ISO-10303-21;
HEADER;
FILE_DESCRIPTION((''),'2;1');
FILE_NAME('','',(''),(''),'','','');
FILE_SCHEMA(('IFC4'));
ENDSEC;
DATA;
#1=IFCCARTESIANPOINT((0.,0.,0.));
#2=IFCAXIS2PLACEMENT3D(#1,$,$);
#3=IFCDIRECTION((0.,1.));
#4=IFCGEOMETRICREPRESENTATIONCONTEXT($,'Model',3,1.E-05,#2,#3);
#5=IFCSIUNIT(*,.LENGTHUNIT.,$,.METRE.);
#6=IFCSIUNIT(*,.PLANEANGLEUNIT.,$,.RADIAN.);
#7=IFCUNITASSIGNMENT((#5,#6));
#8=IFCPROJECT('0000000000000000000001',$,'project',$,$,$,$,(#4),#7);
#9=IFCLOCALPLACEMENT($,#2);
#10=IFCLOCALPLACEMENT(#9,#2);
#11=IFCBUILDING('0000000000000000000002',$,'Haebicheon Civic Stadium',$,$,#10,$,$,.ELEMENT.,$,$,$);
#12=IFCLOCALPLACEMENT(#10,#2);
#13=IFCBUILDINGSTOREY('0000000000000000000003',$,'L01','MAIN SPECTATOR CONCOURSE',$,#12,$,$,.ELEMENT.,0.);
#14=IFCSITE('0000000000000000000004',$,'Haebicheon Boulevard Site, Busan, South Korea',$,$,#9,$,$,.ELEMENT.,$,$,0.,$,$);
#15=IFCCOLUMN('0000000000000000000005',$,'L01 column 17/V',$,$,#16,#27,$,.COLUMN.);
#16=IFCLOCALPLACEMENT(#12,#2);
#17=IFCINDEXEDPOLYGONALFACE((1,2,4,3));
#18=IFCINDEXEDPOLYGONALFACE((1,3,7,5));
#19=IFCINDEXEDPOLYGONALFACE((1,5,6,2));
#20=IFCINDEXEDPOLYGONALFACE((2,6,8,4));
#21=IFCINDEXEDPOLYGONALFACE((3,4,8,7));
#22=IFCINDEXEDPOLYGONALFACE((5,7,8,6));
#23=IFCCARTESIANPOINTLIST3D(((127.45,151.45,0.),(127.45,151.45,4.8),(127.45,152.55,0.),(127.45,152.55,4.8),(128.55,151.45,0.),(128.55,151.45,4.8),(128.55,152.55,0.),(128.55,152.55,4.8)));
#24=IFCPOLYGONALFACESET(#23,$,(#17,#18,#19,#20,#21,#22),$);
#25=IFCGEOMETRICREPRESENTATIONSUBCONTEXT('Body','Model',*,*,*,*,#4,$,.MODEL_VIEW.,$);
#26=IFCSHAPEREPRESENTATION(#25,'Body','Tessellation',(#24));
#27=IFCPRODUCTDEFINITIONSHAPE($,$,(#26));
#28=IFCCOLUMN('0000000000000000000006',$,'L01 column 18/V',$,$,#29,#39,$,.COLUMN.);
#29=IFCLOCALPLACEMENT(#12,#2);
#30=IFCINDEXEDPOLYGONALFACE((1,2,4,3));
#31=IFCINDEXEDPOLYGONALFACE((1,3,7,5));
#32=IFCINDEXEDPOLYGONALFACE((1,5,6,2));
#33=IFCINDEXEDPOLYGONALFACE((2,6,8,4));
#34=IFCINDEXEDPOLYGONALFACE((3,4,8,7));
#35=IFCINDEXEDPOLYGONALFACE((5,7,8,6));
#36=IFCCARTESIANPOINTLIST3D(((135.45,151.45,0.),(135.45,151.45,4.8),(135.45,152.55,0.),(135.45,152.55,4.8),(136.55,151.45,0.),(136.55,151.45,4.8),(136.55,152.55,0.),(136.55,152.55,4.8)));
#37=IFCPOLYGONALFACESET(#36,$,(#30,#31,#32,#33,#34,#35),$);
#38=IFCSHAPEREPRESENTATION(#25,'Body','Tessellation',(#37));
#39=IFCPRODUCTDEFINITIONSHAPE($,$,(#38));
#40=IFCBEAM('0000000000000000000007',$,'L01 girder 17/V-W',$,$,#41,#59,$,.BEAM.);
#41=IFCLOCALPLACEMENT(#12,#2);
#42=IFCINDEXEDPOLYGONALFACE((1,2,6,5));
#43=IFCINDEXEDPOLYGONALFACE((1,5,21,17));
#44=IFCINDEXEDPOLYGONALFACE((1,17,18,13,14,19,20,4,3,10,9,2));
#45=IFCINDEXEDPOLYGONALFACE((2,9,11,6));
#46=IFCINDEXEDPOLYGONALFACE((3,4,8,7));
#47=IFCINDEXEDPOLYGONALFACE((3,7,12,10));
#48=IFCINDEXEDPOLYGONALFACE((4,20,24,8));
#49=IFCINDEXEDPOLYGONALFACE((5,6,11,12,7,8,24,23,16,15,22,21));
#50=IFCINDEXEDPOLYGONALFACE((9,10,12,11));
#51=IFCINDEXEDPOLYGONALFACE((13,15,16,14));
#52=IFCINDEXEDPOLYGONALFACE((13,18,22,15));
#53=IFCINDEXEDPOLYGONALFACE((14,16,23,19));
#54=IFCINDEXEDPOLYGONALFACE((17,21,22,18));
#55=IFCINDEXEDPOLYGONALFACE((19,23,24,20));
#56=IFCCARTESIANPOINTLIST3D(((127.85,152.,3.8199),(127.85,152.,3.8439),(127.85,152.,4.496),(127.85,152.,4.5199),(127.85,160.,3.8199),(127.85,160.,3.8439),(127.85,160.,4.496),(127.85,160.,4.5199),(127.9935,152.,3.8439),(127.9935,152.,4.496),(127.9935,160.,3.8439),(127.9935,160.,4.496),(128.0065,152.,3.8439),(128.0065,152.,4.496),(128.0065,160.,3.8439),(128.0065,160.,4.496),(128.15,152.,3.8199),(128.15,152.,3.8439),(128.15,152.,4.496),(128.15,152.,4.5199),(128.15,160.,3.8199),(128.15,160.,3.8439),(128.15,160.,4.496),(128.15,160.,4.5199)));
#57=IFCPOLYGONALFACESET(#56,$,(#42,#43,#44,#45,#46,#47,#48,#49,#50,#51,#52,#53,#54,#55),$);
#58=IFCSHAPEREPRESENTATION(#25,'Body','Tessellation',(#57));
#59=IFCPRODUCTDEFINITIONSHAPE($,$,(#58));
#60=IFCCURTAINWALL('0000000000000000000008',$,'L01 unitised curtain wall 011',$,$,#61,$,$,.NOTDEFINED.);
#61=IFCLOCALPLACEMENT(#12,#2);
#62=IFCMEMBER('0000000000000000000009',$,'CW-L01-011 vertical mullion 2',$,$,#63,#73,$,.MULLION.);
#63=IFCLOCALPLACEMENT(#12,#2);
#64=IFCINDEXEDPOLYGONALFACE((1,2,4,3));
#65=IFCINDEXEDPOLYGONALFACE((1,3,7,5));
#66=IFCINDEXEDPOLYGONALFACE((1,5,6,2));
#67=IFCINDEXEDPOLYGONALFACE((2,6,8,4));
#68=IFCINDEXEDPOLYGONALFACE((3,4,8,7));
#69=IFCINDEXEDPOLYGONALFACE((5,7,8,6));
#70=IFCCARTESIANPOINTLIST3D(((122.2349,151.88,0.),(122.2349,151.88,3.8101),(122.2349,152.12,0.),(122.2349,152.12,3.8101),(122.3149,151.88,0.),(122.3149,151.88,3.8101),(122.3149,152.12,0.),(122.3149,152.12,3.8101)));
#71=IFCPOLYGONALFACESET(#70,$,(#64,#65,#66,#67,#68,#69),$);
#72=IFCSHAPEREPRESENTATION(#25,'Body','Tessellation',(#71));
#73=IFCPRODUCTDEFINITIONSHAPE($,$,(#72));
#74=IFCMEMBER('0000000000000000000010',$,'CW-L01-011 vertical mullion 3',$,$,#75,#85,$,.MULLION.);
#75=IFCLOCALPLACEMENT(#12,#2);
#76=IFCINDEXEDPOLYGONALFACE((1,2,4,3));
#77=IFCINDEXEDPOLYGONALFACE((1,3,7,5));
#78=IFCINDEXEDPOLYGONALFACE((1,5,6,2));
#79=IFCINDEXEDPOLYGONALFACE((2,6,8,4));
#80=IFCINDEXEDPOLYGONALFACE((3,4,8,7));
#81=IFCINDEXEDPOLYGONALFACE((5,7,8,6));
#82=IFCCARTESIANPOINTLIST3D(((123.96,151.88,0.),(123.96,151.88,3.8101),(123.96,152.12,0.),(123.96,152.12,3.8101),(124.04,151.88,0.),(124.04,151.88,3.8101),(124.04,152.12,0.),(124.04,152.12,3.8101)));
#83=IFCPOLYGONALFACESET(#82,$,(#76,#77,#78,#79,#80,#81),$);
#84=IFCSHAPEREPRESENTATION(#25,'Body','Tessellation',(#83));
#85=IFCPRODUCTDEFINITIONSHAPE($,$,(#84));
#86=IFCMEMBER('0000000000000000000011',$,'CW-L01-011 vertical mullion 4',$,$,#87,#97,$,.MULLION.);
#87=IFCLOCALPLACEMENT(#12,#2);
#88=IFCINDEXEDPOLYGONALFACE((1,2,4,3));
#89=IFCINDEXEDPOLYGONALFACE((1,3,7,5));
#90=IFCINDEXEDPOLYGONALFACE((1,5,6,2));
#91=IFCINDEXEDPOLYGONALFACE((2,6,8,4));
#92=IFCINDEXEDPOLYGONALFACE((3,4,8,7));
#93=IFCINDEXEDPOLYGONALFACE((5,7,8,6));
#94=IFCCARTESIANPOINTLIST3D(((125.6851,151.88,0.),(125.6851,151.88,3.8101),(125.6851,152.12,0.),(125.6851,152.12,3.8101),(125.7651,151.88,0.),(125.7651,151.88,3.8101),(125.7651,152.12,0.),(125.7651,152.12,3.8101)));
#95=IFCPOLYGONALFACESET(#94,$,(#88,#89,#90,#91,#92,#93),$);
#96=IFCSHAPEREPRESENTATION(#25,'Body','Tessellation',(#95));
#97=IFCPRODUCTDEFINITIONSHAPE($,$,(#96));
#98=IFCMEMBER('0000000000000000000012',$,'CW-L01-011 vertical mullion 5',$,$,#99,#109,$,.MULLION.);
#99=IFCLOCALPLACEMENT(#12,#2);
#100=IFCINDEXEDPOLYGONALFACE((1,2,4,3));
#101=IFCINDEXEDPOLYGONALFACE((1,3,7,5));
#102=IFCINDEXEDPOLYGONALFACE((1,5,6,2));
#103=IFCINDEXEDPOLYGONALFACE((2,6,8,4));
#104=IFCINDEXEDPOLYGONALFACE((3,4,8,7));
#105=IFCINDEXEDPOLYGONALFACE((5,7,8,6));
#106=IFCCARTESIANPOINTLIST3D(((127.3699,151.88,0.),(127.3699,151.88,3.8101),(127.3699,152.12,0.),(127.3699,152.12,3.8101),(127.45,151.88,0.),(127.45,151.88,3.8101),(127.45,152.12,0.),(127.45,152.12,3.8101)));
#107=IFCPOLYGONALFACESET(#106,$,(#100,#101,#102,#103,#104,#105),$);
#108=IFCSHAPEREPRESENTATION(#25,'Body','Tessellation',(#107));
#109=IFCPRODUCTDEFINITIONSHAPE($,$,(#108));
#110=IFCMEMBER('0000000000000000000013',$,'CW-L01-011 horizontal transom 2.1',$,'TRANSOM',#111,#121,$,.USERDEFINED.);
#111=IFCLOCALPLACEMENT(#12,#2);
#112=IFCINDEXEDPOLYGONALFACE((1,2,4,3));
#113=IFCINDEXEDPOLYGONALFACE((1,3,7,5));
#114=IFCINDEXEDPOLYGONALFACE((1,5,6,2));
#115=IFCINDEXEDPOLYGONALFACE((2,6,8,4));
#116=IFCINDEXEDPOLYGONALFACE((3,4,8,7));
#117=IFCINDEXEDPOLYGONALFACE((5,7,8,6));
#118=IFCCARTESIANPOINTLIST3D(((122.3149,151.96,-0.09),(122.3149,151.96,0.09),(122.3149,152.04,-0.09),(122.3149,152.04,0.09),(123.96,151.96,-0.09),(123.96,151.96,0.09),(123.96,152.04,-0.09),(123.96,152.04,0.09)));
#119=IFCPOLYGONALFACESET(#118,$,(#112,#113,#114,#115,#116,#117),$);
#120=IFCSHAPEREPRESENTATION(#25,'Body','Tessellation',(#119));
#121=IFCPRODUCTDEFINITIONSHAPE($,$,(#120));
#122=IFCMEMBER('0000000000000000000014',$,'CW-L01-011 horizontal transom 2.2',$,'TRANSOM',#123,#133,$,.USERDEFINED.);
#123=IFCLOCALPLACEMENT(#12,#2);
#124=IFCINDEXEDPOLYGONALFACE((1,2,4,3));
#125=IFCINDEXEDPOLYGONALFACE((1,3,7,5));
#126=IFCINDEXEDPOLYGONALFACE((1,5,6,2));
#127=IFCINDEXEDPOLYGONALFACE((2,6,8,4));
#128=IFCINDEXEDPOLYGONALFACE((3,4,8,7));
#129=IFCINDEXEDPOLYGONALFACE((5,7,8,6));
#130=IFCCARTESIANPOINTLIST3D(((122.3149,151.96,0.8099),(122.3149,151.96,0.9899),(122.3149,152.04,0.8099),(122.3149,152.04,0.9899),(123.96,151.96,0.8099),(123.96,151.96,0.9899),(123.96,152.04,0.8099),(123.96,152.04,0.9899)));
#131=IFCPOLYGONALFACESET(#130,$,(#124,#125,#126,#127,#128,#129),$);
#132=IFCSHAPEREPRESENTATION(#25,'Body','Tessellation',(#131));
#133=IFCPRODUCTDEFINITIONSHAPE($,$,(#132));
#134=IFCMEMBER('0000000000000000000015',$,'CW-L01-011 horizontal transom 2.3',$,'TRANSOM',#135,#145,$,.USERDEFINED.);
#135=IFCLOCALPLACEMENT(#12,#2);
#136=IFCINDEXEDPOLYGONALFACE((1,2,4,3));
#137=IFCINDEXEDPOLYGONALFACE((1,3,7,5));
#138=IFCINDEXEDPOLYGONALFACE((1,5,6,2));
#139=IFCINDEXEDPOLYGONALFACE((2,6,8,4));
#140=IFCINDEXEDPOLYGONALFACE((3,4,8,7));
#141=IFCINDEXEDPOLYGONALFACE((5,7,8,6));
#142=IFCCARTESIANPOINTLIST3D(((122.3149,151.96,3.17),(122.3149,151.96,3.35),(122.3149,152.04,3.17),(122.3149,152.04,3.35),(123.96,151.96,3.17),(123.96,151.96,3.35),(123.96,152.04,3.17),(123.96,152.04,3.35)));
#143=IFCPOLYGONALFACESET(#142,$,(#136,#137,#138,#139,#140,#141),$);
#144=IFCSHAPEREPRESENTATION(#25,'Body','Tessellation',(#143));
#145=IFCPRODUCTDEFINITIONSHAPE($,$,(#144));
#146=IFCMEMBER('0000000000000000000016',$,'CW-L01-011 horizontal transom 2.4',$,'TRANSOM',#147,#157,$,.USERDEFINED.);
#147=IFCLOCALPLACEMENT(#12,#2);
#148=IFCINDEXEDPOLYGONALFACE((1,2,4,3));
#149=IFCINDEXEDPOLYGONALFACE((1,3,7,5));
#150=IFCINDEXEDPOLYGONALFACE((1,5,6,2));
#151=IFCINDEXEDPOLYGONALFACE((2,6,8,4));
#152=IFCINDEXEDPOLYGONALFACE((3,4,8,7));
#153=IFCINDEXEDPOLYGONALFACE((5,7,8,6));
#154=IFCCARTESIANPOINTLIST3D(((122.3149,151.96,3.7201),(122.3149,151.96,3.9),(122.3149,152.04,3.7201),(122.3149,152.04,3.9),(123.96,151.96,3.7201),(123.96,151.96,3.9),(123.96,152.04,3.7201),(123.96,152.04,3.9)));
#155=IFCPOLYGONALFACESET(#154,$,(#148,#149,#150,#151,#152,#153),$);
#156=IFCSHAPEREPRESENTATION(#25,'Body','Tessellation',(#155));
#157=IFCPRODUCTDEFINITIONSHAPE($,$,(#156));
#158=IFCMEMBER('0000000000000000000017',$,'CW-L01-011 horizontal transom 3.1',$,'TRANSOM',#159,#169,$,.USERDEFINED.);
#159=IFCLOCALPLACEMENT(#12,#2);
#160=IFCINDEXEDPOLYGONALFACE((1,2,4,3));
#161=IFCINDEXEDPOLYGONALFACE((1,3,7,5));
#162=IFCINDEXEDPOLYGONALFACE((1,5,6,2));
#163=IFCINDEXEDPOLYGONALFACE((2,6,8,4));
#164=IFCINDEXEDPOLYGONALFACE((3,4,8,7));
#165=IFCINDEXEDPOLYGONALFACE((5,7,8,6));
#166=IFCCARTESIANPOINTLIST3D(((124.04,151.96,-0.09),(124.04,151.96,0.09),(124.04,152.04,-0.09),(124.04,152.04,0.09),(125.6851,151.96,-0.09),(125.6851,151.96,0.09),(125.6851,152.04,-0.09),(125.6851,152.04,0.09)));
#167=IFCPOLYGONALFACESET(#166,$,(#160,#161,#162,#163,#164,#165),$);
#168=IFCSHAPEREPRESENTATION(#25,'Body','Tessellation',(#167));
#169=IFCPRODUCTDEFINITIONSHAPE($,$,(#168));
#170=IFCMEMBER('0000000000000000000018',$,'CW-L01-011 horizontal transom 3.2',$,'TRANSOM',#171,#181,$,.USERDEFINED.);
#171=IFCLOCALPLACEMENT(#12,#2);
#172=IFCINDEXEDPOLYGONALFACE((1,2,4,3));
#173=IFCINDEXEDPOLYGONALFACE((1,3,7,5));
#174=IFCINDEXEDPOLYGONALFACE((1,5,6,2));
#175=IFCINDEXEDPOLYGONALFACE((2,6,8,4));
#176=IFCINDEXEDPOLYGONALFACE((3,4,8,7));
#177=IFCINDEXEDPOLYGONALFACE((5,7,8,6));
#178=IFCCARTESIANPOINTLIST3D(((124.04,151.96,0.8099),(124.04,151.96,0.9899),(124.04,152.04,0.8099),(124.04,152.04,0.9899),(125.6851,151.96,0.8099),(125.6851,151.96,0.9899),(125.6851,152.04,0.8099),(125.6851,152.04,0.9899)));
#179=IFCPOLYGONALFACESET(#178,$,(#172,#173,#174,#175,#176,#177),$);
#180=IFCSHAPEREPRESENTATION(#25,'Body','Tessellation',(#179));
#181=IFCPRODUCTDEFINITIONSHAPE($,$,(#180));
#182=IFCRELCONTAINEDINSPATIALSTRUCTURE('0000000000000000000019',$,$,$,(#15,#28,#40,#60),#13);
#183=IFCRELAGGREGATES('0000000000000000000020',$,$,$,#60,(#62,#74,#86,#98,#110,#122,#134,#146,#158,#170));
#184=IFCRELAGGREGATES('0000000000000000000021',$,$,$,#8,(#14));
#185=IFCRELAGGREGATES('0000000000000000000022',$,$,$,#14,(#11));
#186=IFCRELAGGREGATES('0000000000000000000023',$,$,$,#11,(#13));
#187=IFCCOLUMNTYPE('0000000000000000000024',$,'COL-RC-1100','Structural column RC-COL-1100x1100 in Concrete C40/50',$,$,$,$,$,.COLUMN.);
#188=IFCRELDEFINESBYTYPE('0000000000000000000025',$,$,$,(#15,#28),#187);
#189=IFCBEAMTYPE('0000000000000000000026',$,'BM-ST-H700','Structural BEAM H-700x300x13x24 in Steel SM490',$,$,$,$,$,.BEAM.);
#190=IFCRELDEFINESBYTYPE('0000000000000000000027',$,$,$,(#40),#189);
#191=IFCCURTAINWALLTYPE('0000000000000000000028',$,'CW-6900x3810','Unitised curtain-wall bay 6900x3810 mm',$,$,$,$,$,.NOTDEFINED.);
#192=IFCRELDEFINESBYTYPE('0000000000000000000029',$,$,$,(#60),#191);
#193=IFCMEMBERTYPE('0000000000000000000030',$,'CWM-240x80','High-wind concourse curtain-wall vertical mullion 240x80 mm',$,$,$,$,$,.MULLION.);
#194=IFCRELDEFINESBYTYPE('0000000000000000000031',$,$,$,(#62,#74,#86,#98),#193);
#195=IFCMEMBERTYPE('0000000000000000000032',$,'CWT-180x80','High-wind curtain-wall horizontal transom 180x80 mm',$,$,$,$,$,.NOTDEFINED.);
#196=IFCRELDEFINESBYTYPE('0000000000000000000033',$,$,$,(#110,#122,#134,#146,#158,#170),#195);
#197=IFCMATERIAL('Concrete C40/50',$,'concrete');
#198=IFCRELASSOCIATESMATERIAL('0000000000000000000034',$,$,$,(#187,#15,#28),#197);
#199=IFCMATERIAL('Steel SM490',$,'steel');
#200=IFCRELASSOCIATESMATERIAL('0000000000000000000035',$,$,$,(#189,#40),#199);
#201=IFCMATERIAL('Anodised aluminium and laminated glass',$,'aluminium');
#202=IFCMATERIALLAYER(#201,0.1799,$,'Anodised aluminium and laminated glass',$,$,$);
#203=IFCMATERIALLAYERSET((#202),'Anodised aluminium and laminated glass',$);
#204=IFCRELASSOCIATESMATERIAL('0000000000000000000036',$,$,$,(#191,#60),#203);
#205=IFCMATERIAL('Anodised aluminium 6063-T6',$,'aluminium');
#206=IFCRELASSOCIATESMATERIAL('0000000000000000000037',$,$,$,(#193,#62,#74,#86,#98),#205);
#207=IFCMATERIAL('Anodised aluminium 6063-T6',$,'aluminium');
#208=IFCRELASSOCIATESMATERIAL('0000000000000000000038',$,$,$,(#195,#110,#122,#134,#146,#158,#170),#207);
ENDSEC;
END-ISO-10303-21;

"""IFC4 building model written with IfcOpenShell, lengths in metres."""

from ifc_helpers import new_model, si_unit, direction, frame, origin, origin_2d, place, context, subcontext, project, spatial, rectangle, i_section, extrude, material, layer, layer_set, material_profile, profile_set, type_object, element, aggregate, save


model = new_model("IFC4")

# Units and contexts
model_context = context("Model", 3, precision=1e-05, world=origin(), true_north=direction((0.0, 1.0)))
body_context = subcontext(model_context, "Body", "Model", "MODEL_VIEW")
ifc_project = project(units=[si_unit("LENGTHUNIT", "METRE"), si_unit("PLANEANGLEUNIT", "RADIAN")], contexts=[model_context])

# Site, building, storey
site_placement = place(None, origin())
site = spatial("IfcSite", under=ifc_project, at=site_placement, Name="Haebicheon Boulevard Site, Busan, South Korea", CompositionType="ELEMENT", RefElevation=0.0)
building_placement = place(site_placement, origin())
building = spatial("IfcBuilding", under=site, at=building_placement, Name="Haebicheon Civic Stadium", CompositionType="ELEMENT")
storey_placement = place(building_placement, origin())
storey = spatial("IfcBuildingStorey", under=building, at=storey_placement, Name="L01", Description="MAIN SPECTATOR CONCOURSE", CompositionType="ELEMENT", Elevation=0.0)

# Columns
ifc_material_1 = material(Name="Concrete C40/50", Category="concrete")
ifc_material_profile_1 = material_profile(ifc_material_1, rectangle(XDim=1.1001, YDim=1.1001, at=origin_2d()), Name="RC-COL-1100x1100")
ifc_profile_set_1 = profile_set([ifc_material_profile_1], Name="Concrete C40/50")
column_type = type_object("IfcColumnType", Name="COL-RC-1100", Description="Structural column RC-COL-1100x1100 in Concrete C40/50", PredefinedType="COLUMN", material=ifc_profile_set_1)
for number, where, z_axis, x_axis, name in (
    (1, (128.0, 152.0, 0.0), (0.0, 0.0, 1.0), (1.0, 0.0, 0.0), "L01 column 17/V"),
    (2, (136.0, 152.0, 0.0), (0.0, 0.0, 1.0), (1.0, 0.0, 0.0), "L01 column 18/V"),
):
    element("IfcColumn", number, at=place(storey_placement, frame(where, z_axis=z_axis, x_axis=x_axis)), inside=storey, type_object=column_type, material=ifc_profile_set_1, Name=name, PredefinedType="COLUMN", context=body_context, shape_type="SweptSolid", body=[
        extrude(rectangle(XDim=1.1001, YDim=1.1001, at=origin_2d()), origin(), (0.0, 0.0, 1.0), 4.8),
    ])

# Beam
ifc_material_2 = material(Name="Steel SM490", Category="steel")
ifc_material_profile_2 = material_profile(ifc_material_2, i_section(OverallWidth=0.3, OverallDepth=0.7, WebThickness=0.0129, FlangeThickness=0.0239, at=origin_2d()), Name="H-700x300x13x24")
ifc_profile_set_2 = profile_set([ifc_material_profile_2], Name="Steel SM490")
beam_type_1 = type_object("IfcBeamType", Name="BM-ST-H700", Description="Structural BEAM H-700x300x13x24 in Steel SM490", PredefinedType="BEAM", material=ifc_profile_set_2)
beam_1_placement = place(storey_placement, frame((128.0, 152.0, 4.1699), z_axis=(0.0, 1.0, 0.0), x_axis=(-1.0, 0.0, 0.0)))
element("IfcBeam", 3, at=beam_1_placement, inside=storey, type_object=beam_type_1, material=ifc_profile_set_2, Name="L01 girder 17/V-W", PredefinedType="BEAM", context=body_context, shape_type="SweptSolid", body=[
    extrude(i_section(OverallWidth=0.3, OverallDepth=0.7, WebThickness=0.0129, FlangeThickness=0.0239, at=origin_2d()), origin(), (0.0, 0.0, 1.0), 8.0),
])

# Curtain wall, members
ifc_material_3 = material(Name="Anodised aluminium and laminated glass", Category="aluminium")
ifc_layer_1 = layer(ifc_material_3, 0.1799, Name="Anodised aluminium and laminated glass")
ifc_layer_set_1 = layer_set([ifc_layer_1], Name="Anodised aluminium and laminated glass")
curtain_wall_type = type_object("IfcCurtainWallType", Name="CW-6900x3810", Description="Unitised curtain-wall bay 6900x3810 mm", PredefinedType="NOTDEFINED", material=ifc_layer_set_1)
curtain_wall_placement = place(storey_placement, origin())
curtain_wall = element("IfcCurtainWall", 4, at=curtain_wall_placement, inside=storey, type_object=curtain_wall_type, material=ifc_layer_set_1, Name="L01 unitised curtain wall 011", PredefinedType="NOTDEFINED")
ifc_material_4 = material(Name="Anodised aluminium 6063-T6", Category="aluminium")
ifc_material_profile_3 = material_profile(ifc_material_4, rectangle(XDim=0.0801, YDim=0.24, at=origin_2d()), Name="ALU-MULL-80x240")
ifc_profile_set_3 = profile_set([ifc_material_profile_3], Name="Anodised aluminium 6063-T6")
member_type_1 = type_object("IfcMemberType", Name="CWM-240x80", Description="High-wind concourse curtain-wall vertical mullion 240x80 mm", PredefinedType="MULLION", material=ifc_profile_set_3)
member_1_placement = place(storey_placement, frame((122.2749, 152.0, 0.0), z_axis=(0.0, 0.0, 1.0), x_axis=(1.0, 0.0, 0.0)))
member_1 = element("IfcMember", 5, at=member_1_placement, type_object=member_type_1, material=ifc_profile_set_3, Name="CW-L01-011 vertical mullion 2", PredefinedType="MULLION", context=body_context, shape_type="SweptSolid", body=[
    extrude(rectangle(XDim=0.0801, YDim=0.24, at=origin_2d()), origin(), (0.0, 0.0, 1.0), 3.8101),
])
member_2_placement = place(storey_placement, frame((124.0, 152.0, 0.0), z_axis=(0.0, 0.0, 1.0), x_axis=(1.0, 0.0, 0.0)))
member_2 = element("IfcMember", 6, at=member_2_placement, type_object=member_type_1, material=ifc_profile_set_3, Name="CW-L01-011 vertical mullion 3", PredefinedType="MULLION", context=body_context, shape_type="SweptSolid", body=[
    extrude(rectangle(XDim=0.0801, YDim=0.24, at=origin_2d()), origin(), (0.0, 0.0, 1.0), 3.8101),
])
member_3_placement = place(storey_placement, frame((125.7251, 152.0, 0.0), z_axis=(0.0, 0.0, 1.0), x_axis=(1.0, 0.0, 0.0)))
member_3 = element("IfcMember", 7, at=member_3_placement, type_object=member_type_1, material=ifc_profile_set_3, Name="CW-L01-011 vertical mullion 4", PredefinedType="MULLION", context=body_context, shape_type="SweptSolid", body=[
    extrude(rectangle(XDim=0.0801, YDim=0.24, at=origin_2d()), origin(), (0.0, 0.0, 1.0), 3.8101),
])
member_4_placement = place(storey_placement, frame((127.4099, 152.0, 0.0), z_axis=(0.0, 0.0, 1.0), x_axis=(1.0, 0.0, 0.0)))
member_4 = element("IfcMember", 8, at=member_4_placement, type_object=member_type_1, material=ifc_profile_set_3, Name="CW-L01-011 vertical mullion 5", PredefinedType="MULLION", context=body_context, shape_type="SweptSolid", body=[
    extrude(rectangle(XDim=0.0801, YDim=0.24, at=origin_2d()), origin(), (0.0, 0.0, 1.0), 3.8101),
])
ifc_material_5 = material(Name="Anodised aluminium 6063-T6", Category="aluminium")
ifc_material_profile_4 = material_profile(ifc_material_5, rectangle(XDim=0.0801, YDim=0.1799, at=origin_2d()), Name="ALU-TRAN-80x180")
ifc_profile_set_4 = profile_set([ifc_material_profile_4], Name="Anodised aluminium 6063-T6")
member_type_2 = type_object("IfcMemberType", Name="CWT-180x80", Description="High-wind curtain-wall horizontal transom 180x80 mm", PredefinedType="NOTDEFINED", material=ifc_profile_set_4)
member_5_placement = place(storey_placement, frame((122.3149, 152.0, 0.0), z_axis=(1.0, 0.0, 0.0), x_axis=(0.0, 1.0, 0.0)))
member_5 = element("IfcMember", 9, at=member_5_placement, type_object=member_type_2, material=ifc_profile_set_4, Name="CW-L01-011 horizontal transom 2.1", ObjectType="TRANSOM", PredefinedType="USERDEFINED", context=body_context, shape_type="SweptSolid", body=[
    extrude(rectangle(XDim=0.0801, YDim=0.1799, at=origin_2d()), origin(), (0.0, 0.0, 1.0), 1.645),
])
member_6_placement = place(storey_placement, frame((122.3149, 152.0, 0.8999), z_axis=(1.0, 0.0, 0.0), x_axis=(0.0, 1.0, 0.0)))
member_6 = element("IfcMember", 10, at=member_6_placement, type_object=member_type_2, material=ifc_profile_set_4, Name="CW-L01-011 horizontal transom 2.2", ObjectType="TRANSOM", PredefinedType="USERDEFINED", context=body_context, shape_type="SweptSolid", body=[
    extrude(rectangle(XDim=0.0801, YDim=0.1799, at=origin_2d()), origin(), (0.0, 0.0, 1.0), 1.645),
])
member_7_placement = place(storey_placement, frame((122.3149, 152.0, 3.26), z_axis=(1.0, 0.0, 0.0), x_axis=(0.0, 1.0, 0.0)))
member_7 = element("IfcMember", 11, at=member_7_placement, type_object=member_type_2, material=ifc_profile_set_4, Name="CW-L01-011 horizontal transom 2.3", ObjectType="TRANSOM", PredefinedType="USERDEFINED", context=body_context, shape_type="SweptSolid", body=[
    extrude(rectangle(XDim=0.0801, YDim=0.1799, at=origin_2d()), origin(), (0.0, 0.0, 1.0), 1.645),
])
member_8_placement = place(storey_placement, frame((122.3149, 152.0, 3.8101), z_axis=(1.0, 0.0, 0.0), x_axis=(0.0, 1.0, 0.0)))
member_8 = element("IfcMember", 12, at=member_8_placement, type_object=member_type_2, material=ifc_profile_set_4, Name="CW-L01-011 horizontal transom 2.4", ObjectType="TRANSOM", PredefinedType="USERDEFINED", context=body_context, shape_type="SweptSolid", body=[
    extrude(rectangle(XDim=0.0801, YDim=0.1799, at=origin_2d()), origin(), (0.0, 0.0, 1.0), 1.645),
])
member_9_placement = place(storey_placement, frame((124.04, 152.0, 0.0), z_axis=(1.0, 0.0, 0.0), x_axis=(0.0, 1.0, 0.0)))
member_9 = element("IfcMember", 13, at=member_9_placement, type_object=member_type_2, material=ifc_profile_set_4, Name="CW-L01-011 horizontal transom 3.1", ObjectType="TRANSOM", PredefinedType="USERDEFINED", context=body_context, shape_type="SweptSolid", body=[
    extrude(rectangle(XDim=0.0801, YDim=0.1799, at=origin_2d()), origin(), (0.0, 0.0, 1.0), 1.645),
])
member_10_placement = place(storey_placement, frame((124.04, 152.0, 0.8999), z_axis=(1.0, 0.0, 0.0), x_axis=(0.0, 1.0, 0.0)))
member_10 = element("IfcMember", 14, at=member_10_placement, type_object=member_type_2, material=ifc_profile_set_4, Name="CW-L01-011 horizontal transom 3.2", ObjectType="TRANSOM", PredefinedType="USERDEFINED", context=body_context, shape_type="SweptSolid", body=[
    extrude(rectangle(XDim=0.0801, YDim=0.1799, at=origin_2d()), origin(), (0.0, 0.0, 1.0), 1.645),
])

aggregate(curtain_wall, [member_1, member_2, member_3, member_4, member_5, member_6, member_7, member_8, member_9, member_10])

save(model, "model.ifc")
